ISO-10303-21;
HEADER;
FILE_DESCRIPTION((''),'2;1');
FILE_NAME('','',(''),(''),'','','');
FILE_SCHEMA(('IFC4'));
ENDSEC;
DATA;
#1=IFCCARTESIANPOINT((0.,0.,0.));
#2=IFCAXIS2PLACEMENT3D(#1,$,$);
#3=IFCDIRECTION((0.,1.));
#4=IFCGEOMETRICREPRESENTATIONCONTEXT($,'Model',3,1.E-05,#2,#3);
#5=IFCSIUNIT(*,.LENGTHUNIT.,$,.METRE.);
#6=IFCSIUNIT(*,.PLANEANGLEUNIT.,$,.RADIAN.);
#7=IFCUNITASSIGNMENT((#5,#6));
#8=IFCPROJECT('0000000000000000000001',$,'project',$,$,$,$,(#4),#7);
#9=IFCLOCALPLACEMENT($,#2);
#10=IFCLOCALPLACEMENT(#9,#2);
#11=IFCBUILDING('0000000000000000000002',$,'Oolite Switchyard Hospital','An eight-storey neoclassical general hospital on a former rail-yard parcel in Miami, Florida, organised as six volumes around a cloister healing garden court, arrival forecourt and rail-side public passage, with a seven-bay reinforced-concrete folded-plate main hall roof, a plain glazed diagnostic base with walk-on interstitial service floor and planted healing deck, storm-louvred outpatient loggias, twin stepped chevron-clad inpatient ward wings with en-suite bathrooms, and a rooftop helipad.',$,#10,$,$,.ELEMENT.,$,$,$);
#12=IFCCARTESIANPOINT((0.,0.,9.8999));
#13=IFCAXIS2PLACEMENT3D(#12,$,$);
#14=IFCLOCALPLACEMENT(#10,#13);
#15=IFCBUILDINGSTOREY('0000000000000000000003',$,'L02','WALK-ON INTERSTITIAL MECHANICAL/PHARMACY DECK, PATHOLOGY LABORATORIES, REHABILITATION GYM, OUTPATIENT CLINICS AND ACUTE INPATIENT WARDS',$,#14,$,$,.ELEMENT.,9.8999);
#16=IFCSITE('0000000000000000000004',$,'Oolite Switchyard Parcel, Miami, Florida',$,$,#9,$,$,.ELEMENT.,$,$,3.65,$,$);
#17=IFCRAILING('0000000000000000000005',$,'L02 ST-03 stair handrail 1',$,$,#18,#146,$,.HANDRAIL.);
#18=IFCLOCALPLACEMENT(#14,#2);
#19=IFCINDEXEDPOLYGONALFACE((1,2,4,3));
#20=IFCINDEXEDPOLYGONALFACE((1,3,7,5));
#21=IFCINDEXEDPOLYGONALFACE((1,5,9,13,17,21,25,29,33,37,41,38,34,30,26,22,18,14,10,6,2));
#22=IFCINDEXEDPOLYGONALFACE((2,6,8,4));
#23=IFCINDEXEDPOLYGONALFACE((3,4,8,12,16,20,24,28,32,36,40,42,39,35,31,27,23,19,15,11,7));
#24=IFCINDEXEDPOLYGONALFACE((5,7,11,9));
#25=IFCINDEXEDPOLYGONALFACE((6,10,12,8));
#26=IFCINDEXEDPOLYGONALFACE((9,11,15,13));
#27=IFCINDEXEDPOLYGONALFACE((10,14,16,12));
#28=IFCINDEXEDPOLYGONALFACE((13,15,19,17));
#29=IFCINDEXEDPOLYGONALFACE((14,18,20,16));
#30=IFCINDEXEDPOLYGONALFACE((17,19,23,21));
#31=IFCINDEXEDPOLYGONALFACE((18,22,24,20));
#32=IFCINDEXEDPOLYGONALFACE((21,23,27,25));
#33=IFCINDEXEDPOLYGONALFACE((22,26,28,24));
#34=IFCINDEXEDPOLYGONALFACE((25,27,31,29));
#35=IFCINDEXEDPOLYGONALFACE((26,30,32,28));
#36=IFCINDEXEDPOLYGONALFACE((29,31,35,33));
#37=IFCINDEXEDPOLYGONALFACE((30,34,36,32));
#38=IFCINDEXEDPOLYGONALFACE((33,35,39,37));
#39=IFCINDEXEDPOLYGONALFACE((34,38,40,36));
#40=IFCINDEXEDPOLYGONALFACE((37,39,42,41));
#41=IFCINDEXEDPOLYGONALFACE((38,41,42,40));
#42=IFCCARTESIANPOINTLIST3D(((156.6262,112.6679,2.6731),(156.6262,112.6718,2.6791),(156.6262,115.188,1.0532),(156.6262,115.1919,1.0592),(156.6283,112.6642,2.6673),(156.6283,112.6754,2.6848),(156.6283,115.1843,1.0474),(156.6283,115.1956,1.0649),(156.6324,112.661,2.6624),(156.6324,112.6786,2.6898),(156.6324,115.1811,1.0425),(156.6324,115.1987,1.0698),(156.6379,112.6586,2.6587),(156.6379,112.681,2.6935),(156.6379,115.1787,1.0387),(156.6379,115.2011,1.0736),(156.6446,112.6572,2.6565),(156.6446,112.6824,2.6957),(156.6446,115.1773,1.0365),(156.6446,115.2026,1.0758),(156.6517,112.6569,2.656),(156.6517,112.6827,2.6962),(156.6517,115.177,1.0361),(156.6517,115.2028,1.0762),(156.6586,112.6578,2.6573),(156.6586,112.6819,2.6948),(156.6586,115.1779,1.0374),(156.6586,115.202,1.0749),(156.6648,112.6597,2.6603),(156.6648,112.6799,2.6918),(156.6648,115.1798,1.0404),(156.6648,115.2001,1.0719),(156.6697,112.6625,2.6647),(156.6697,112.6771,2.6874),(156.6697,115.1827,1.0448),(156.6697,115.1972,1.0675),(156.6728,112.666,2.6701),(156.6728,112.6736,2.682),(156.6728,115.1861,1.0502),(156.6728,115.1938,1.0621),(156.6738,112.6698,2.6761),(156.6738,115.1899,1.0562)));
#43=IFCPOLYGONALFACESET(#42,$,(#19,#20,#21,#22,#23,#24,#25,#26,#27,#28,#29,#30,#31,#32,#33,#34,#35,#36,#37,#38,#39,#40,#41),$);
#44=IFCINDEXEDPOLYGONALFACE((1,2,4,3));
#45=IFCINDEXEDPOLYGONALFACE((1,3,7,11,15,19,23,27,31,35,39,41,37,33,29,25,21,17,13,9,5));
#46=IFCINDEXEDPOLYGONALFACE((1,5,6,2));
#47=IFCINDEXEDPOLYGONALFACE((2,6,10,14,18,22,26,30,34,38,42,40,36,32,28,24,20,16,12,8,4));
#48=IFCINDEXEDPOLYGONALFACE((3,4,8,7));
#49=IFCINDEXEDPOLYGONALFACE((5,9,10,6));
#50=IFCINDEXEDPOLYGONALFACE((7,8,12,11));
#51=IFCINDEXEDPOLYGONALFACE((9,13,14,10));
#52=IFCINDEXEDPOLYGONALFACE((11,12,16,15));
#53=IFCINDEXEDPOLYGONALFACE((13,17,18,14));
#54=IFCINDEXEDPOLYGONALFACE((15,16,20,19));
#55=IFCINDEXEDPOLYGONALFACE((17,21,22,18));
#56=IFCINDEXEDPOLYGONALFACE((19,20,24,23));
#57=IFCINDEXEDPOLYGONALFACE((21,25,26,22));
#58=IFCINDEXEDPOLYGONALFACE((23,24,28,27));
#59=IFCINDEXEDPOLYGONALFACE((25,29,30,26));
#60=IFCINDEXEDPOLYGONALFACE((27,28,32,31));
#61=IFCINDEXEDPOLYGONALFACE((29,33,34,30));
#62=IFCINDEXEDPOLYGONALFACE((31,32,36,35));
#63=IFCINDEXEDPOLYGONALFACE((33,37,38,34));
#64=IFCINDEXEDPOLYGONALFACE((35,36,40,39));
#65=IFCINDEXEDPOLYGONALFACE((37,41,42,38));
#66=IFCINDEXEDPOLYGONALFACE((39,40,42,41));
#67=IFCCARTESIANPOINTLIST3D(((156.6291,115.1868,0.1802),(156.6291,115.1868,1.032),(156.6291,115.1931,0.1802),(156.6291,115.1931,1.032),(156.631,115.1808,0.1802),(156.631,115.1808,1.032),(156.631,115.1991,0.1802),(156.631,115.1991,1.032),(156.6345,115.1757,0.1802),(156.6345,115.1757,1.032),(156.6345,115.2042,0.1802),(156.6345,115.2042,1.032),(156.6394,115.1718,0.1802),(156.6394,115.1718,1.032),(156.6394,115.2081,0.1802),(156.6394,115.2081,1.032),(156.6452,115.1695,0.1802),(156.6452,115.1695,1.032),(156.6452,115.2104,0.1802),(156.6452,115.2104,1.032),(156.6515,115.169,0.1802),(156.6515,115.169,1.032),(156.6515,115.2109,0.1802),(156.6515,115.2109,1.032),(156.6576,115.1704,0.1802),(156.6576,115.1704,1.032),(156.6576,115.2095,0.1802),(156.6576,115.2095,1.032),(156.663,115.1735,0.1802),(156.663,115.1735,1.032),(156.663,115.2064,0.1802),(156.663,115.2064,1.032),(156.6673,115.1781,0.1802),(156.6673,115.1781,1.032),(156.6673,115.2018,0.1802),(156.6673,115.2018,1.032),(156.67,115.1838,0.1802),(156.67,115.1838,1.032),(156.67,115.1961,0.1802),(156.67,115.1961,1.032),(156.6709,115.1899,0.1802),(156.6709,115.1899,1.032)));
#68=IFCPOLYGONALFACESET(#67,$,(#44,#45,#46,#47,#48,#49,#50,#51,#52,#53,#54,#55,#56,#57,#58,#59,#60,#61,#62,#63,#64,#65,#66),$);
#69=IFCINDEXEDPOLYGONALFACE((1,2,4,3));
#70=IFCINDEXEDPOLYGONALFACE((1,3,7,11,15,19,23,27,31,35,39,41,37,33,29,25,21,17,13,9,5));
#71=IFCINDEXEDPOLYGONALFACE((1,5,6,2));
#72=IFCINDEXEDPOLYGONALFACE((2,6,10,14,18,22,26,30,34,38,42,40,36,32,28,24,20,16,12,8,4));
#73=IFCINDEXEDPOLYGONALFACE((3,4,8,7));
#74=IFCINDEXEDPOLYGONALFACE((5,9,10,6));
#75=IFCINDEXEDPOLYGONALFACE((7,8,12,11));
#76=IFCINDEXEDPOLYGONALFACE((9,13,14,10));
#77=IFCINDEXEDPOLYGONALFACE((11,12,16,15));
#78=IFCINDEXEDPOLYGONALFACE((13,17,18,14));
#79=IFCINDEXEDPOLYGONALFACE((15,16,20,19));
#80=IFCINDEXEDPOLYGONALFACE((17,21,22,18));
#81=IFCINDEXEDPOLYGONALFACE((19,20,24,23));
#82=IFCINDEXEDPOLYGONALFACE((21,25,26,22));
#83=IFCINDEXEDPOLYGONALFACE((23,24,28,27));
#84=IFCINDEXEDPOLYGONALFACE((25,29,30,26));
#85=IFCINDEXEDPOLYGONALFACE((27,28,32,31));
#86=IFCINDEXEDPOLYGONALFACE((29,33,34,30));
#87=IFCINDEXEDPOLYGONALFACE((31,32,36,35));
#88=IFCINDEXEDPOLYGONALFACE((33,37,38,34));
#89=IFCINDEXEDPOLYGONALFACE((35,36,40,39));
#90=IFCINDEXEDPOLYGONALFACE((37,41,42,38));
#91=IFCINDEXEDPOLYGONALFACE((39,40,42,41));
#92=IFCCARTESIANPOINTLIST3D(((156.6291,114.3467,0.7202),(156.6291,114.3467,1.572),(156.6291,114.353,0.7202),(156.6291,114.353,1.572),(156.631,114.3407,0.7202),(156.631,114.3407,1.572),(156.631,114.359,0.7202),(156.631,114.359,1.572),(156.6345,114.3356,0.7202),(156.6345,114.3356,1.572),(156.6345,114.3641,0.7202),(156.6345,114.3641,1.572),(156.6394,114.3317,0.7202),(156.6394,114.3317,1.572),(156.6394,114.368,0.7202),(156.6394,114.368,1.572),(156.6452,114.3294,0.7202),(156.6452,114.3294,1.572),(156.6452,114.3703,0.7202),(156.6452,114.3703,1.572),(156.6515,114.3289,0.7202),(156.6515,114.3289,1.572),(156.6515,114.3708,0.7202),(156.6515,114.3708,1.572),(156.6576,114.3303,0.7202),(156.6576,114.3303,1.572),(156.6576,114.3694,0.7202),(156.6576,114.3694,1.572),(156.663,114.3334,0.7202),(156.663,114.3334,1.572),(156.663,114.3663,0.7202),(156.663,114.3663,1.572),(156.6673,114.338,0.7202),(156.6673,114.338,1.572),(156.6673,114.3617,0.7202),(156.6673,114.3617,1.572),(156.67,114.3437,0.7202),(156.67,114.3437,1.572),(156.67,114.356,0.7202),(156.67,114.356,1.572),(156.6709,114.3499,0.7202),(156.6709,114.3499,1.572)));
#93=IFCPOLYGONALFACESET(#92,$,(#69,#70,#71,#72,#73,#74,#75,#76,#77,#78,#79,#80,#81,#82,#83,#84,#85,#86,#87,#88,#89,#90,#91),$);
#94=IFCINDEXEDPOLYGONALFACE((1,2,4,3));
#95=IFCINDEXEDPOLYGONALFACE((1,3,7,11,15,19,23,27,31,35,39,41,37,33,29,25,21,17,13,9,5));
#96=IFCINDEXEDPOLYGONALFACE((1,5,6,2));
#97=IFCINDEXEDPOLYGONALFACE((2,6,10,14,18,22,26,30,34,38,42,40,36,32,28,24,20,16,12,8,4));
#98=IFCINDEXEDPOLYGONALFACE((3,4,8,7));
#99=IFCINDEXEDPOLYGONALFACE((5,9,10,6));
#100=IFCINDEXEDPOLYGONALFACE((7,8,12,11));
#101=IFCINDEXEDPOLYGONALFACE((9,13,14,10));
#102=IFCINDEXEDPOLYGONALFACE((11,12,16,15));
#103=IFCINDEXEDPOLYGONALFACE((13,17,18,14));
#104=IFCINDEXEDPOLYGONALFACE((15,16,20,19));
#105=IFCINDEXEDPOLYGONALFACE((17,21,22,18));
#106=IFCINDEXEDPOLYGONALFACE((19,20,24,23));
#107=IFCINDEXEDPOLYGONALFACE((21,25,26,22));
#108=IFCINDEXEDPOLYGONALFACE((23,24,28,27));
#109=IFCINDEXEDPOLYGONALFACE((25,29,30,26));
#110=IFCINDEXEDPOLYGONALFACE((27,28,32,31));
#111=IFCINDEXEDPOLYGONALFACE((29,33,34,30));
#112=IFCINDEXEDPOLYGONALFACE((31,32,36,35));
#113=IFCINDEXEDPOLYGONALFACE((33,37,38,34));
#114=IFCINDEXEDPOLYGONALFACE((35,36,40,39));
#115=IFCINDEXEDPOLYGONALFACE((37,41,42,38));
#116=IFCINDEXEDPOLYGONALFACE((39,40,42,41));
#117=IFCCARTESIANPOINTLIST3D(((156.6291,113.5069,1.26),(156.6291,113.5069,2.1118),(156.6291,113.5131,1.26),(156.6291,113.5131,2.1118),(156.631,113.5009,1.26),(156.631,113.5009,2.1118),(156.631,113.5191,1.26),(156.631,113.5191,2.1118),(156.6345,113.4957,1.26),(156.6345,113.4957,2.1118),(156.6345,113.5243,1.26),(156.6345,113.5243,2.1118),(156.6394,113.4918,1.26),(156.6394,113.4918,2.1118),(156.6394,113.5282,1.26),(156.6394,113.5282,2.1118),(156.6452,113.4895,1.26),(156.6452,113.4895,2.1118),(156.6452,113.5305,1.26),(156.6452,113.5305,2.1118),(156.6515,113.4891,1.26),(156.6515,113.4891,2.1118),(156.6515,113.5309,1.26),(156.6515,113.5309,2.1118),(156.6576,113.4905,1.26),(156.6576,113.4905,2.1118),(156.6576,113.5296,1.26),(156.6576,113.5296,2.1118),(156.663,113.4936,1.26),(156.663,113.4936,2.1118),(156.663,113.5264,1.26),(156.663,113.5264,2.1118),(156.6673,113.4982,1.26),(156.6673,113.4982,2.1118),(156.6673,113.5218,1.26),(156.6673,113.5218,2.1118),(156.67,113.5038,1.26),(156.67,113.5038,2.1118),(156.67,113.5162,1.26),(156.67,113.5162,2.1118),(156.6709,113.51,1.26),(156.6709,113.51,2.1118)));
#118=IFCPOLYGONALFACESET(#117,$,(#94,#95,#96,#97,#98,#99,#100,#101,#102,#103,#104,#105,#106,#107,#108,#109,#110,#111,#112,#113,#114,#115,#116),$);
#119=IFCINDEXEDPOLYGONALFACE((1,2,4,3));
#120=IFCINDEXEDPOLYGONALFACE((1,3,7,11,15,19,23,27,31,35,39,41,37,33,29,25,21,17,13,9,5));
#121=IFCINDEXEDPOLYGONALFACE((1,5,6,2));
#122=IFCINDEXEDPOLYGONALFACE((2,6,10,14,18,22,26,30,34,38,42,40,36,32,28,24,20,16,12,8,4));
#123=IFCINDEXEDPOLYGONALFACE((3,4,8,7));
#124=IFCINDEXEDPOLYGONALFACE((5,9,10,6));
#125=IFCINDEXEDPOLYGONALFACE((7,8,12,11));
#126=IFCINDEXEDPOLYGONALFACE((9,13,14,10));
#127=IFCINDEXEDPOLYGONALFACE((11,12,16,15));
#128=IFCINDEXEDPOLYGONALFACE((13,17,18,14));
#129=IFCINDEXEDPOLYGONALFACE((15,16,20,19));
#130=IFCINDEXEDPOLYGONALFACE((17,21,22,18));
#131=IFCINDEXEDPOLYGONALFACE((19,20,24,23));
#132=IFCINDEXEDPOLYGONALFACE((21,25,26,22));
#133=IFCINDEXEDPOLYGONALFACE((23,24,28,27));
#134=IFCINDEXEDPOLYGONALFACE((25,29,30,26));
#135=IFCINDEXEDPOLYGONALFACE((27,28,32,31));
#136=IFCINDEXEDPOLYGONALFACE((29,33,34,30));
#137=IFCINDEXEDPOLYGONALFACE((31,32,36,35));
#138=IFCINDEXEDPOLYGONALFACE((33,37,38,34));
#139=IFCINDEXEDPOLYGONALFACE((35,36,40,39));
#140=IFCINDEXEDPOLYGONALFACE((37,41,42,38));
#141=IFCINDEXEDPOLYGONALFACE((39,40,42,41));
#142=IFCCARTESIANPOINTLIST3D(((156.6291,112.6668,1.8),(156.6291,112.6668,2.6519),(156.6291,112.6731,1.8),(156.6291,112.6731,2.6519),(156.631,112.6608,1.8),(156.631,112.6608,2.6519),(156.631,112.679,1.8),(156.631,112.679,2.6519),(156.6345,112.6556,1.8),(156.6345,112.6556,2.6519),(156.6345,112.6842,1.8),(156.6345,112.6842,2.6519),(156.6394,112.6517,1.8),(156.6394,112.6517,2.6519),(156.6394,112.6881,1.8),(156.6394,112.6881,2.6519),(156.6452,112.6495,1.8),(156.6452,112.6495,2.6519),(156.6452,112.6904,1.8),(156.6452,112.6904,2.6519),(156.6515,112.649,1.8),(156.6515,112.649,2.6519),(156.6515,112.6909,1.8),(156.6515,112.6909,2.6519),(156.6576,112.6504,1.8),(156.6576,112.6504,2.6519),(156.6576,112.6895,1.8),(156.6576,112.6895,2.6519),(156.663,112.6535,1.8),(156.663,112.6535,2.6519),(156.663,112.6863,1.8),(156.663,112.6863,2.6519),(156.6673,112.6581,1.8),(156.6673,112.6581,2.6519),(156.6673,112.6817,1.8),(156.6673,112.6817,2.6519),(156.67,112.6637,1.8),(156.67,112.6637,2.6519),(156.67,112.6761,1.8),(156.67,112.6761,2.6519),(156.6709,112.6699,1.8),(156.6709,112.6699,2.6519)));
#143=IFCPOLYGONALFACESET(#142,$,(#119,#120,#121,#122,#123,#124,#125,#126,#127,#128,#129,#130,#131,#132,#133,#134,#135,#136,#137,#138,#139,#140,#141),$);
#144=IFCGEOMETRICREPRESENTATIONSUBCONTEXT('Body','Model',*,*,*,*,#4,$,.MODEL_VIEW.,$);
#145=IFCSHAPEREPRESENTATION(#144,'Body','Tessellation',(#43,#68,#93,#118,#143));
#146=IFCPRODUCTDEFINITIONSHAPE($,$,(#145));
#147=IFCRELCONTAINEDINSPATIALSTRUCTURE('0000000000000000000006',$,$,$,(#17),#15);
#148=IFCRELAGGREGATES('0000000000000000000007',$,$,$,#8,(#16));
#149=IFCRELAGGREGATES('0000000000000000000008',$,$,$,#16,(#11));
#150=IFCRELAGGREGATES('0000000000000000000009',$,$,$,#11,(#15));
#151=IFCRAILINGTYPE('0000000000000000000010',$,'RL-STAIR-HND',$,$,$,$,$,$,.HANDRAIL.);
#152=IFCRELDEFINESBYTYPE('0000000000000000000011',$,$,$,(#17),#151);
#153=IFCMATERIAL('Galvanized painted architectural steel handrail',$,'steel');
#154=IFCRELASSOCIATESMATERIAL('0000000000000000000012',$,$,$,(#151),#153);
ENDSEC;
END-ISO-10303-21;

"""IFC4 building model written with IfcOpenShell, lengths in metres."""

from ifc_helpers import new_model, si_unit, direction, frame, origin, origin_2d, place, context, subcontext, project, spatial, circle, extrude, material, type_object, element, save


model = new_model("IFC4")

# Units and contexts
model_context = context("Model", 3, precision=1e-05, world=origin(), true_north=direction((0.0, 1.0)))
body_context = subcontext(model_context, "Body", "Model", "MODEL_VIEW")
ifc_project = project(units=[si_unit("LENGTHUNIT", "METRE"), si_unit("PLANEANGLEUNIT", "RADIAN")], contexts=[model_context])

# Site, building, storey
site_placement = place(None, origin())
site = spatial("IfcSite", under=ifc_project, at=site_placement, Name="Oolite Switchyard Parcel, Miami, Florida", CompositionType="ELEMENT", RefElevation=3.65)
building_placement = place(site_placement, origin())
building = spatial("IfcBuilding", under=site, at=building_placement, Name="Oolite Switchyard Hospital", Description="An eight-storey neoclassical general hospital on a former rail-yard parcel in Miami, Florida, organised as six volumes around a cloister healing garden court, arrival forecourt and rail-side public passage, with a seven-bay reinforced-concrete folded-plate main hall roof, a plain glazed diagnostic base with walk-on interstitial service floor and planted healing deck, storm-louvred outpatient loggias, twin stepped chevron-clad inpatient ward wings with en-suite bathrooms, and a rooftop helipad.", CompositionType="ELEMENT")
storey_placement = place(building_placement, frame((0.0, 0.0, 9.8999)))
storey = spatial("IfcBuildingStorey", under=building, at=storey_placement, Name="L02", Description="WALK-ON INTERSTITIAL MECHANICAL/PHARMACY DECK, PATHOLOGY LABORATORIES, REHABILITATION GYM, OUTPATIENT CLINICS AND ACUTE INPATIENT WARDS", CompositionType="ELEMENT", Elevation=9.8999)

# Railing
ifc_material_1 = material(Name="Galvanized painted architectural steel handrail", Category="steel")
railing_type = type_object("IfcRailingType", Name="RL-STAIR-HND", PredefinedType="HANDRAIL", material=ifc_material_1)
railing_placement = place(storey_placement, frame((156.6499, 115.1899, 0.1802)))
element("IfcRailing", 1, at=railing_placement, inside=storey, type_object=railing_type, Name="L02 ST-03 stair handrail 1", PredefinedType="HANDRAIL", context=body_context, shape_type="SweptSolid", body=[
    extrude(circle(Radius=0.0239, at=origin_2d()), frame((0.0, 0.0, 0.876), z_axis=(0.0, -0.8412, 0.540725), x_axis=(1.0, 0.0, 0.0)), (0.0, 0.0, 1.0), 2.9958),
    extrude(circle(Radius=0.021, at=origin_2d()), origin(), (0.0, 0.0, 1.0), 0.8518),
    extrude(circle(Radius=0.021, at=origin_2d()), frame((0.0, -0.8401, 0.54)), (0.0, 0.0, 1.0), 0.8518),
    extrude(circle(Radius=0.021, at=origin_2d()), frame((0.0, -1.6799, 1.0798)), (0.0, 0.0, 1.0), 0.8518),
    extrude(circle(Radius=0.021, at=origin_2d()), frame((0.0, -2.52, 1.6199)), (0.0, 0.0, 1.0), 0.8518),
])

save(model, "model.ifc")
